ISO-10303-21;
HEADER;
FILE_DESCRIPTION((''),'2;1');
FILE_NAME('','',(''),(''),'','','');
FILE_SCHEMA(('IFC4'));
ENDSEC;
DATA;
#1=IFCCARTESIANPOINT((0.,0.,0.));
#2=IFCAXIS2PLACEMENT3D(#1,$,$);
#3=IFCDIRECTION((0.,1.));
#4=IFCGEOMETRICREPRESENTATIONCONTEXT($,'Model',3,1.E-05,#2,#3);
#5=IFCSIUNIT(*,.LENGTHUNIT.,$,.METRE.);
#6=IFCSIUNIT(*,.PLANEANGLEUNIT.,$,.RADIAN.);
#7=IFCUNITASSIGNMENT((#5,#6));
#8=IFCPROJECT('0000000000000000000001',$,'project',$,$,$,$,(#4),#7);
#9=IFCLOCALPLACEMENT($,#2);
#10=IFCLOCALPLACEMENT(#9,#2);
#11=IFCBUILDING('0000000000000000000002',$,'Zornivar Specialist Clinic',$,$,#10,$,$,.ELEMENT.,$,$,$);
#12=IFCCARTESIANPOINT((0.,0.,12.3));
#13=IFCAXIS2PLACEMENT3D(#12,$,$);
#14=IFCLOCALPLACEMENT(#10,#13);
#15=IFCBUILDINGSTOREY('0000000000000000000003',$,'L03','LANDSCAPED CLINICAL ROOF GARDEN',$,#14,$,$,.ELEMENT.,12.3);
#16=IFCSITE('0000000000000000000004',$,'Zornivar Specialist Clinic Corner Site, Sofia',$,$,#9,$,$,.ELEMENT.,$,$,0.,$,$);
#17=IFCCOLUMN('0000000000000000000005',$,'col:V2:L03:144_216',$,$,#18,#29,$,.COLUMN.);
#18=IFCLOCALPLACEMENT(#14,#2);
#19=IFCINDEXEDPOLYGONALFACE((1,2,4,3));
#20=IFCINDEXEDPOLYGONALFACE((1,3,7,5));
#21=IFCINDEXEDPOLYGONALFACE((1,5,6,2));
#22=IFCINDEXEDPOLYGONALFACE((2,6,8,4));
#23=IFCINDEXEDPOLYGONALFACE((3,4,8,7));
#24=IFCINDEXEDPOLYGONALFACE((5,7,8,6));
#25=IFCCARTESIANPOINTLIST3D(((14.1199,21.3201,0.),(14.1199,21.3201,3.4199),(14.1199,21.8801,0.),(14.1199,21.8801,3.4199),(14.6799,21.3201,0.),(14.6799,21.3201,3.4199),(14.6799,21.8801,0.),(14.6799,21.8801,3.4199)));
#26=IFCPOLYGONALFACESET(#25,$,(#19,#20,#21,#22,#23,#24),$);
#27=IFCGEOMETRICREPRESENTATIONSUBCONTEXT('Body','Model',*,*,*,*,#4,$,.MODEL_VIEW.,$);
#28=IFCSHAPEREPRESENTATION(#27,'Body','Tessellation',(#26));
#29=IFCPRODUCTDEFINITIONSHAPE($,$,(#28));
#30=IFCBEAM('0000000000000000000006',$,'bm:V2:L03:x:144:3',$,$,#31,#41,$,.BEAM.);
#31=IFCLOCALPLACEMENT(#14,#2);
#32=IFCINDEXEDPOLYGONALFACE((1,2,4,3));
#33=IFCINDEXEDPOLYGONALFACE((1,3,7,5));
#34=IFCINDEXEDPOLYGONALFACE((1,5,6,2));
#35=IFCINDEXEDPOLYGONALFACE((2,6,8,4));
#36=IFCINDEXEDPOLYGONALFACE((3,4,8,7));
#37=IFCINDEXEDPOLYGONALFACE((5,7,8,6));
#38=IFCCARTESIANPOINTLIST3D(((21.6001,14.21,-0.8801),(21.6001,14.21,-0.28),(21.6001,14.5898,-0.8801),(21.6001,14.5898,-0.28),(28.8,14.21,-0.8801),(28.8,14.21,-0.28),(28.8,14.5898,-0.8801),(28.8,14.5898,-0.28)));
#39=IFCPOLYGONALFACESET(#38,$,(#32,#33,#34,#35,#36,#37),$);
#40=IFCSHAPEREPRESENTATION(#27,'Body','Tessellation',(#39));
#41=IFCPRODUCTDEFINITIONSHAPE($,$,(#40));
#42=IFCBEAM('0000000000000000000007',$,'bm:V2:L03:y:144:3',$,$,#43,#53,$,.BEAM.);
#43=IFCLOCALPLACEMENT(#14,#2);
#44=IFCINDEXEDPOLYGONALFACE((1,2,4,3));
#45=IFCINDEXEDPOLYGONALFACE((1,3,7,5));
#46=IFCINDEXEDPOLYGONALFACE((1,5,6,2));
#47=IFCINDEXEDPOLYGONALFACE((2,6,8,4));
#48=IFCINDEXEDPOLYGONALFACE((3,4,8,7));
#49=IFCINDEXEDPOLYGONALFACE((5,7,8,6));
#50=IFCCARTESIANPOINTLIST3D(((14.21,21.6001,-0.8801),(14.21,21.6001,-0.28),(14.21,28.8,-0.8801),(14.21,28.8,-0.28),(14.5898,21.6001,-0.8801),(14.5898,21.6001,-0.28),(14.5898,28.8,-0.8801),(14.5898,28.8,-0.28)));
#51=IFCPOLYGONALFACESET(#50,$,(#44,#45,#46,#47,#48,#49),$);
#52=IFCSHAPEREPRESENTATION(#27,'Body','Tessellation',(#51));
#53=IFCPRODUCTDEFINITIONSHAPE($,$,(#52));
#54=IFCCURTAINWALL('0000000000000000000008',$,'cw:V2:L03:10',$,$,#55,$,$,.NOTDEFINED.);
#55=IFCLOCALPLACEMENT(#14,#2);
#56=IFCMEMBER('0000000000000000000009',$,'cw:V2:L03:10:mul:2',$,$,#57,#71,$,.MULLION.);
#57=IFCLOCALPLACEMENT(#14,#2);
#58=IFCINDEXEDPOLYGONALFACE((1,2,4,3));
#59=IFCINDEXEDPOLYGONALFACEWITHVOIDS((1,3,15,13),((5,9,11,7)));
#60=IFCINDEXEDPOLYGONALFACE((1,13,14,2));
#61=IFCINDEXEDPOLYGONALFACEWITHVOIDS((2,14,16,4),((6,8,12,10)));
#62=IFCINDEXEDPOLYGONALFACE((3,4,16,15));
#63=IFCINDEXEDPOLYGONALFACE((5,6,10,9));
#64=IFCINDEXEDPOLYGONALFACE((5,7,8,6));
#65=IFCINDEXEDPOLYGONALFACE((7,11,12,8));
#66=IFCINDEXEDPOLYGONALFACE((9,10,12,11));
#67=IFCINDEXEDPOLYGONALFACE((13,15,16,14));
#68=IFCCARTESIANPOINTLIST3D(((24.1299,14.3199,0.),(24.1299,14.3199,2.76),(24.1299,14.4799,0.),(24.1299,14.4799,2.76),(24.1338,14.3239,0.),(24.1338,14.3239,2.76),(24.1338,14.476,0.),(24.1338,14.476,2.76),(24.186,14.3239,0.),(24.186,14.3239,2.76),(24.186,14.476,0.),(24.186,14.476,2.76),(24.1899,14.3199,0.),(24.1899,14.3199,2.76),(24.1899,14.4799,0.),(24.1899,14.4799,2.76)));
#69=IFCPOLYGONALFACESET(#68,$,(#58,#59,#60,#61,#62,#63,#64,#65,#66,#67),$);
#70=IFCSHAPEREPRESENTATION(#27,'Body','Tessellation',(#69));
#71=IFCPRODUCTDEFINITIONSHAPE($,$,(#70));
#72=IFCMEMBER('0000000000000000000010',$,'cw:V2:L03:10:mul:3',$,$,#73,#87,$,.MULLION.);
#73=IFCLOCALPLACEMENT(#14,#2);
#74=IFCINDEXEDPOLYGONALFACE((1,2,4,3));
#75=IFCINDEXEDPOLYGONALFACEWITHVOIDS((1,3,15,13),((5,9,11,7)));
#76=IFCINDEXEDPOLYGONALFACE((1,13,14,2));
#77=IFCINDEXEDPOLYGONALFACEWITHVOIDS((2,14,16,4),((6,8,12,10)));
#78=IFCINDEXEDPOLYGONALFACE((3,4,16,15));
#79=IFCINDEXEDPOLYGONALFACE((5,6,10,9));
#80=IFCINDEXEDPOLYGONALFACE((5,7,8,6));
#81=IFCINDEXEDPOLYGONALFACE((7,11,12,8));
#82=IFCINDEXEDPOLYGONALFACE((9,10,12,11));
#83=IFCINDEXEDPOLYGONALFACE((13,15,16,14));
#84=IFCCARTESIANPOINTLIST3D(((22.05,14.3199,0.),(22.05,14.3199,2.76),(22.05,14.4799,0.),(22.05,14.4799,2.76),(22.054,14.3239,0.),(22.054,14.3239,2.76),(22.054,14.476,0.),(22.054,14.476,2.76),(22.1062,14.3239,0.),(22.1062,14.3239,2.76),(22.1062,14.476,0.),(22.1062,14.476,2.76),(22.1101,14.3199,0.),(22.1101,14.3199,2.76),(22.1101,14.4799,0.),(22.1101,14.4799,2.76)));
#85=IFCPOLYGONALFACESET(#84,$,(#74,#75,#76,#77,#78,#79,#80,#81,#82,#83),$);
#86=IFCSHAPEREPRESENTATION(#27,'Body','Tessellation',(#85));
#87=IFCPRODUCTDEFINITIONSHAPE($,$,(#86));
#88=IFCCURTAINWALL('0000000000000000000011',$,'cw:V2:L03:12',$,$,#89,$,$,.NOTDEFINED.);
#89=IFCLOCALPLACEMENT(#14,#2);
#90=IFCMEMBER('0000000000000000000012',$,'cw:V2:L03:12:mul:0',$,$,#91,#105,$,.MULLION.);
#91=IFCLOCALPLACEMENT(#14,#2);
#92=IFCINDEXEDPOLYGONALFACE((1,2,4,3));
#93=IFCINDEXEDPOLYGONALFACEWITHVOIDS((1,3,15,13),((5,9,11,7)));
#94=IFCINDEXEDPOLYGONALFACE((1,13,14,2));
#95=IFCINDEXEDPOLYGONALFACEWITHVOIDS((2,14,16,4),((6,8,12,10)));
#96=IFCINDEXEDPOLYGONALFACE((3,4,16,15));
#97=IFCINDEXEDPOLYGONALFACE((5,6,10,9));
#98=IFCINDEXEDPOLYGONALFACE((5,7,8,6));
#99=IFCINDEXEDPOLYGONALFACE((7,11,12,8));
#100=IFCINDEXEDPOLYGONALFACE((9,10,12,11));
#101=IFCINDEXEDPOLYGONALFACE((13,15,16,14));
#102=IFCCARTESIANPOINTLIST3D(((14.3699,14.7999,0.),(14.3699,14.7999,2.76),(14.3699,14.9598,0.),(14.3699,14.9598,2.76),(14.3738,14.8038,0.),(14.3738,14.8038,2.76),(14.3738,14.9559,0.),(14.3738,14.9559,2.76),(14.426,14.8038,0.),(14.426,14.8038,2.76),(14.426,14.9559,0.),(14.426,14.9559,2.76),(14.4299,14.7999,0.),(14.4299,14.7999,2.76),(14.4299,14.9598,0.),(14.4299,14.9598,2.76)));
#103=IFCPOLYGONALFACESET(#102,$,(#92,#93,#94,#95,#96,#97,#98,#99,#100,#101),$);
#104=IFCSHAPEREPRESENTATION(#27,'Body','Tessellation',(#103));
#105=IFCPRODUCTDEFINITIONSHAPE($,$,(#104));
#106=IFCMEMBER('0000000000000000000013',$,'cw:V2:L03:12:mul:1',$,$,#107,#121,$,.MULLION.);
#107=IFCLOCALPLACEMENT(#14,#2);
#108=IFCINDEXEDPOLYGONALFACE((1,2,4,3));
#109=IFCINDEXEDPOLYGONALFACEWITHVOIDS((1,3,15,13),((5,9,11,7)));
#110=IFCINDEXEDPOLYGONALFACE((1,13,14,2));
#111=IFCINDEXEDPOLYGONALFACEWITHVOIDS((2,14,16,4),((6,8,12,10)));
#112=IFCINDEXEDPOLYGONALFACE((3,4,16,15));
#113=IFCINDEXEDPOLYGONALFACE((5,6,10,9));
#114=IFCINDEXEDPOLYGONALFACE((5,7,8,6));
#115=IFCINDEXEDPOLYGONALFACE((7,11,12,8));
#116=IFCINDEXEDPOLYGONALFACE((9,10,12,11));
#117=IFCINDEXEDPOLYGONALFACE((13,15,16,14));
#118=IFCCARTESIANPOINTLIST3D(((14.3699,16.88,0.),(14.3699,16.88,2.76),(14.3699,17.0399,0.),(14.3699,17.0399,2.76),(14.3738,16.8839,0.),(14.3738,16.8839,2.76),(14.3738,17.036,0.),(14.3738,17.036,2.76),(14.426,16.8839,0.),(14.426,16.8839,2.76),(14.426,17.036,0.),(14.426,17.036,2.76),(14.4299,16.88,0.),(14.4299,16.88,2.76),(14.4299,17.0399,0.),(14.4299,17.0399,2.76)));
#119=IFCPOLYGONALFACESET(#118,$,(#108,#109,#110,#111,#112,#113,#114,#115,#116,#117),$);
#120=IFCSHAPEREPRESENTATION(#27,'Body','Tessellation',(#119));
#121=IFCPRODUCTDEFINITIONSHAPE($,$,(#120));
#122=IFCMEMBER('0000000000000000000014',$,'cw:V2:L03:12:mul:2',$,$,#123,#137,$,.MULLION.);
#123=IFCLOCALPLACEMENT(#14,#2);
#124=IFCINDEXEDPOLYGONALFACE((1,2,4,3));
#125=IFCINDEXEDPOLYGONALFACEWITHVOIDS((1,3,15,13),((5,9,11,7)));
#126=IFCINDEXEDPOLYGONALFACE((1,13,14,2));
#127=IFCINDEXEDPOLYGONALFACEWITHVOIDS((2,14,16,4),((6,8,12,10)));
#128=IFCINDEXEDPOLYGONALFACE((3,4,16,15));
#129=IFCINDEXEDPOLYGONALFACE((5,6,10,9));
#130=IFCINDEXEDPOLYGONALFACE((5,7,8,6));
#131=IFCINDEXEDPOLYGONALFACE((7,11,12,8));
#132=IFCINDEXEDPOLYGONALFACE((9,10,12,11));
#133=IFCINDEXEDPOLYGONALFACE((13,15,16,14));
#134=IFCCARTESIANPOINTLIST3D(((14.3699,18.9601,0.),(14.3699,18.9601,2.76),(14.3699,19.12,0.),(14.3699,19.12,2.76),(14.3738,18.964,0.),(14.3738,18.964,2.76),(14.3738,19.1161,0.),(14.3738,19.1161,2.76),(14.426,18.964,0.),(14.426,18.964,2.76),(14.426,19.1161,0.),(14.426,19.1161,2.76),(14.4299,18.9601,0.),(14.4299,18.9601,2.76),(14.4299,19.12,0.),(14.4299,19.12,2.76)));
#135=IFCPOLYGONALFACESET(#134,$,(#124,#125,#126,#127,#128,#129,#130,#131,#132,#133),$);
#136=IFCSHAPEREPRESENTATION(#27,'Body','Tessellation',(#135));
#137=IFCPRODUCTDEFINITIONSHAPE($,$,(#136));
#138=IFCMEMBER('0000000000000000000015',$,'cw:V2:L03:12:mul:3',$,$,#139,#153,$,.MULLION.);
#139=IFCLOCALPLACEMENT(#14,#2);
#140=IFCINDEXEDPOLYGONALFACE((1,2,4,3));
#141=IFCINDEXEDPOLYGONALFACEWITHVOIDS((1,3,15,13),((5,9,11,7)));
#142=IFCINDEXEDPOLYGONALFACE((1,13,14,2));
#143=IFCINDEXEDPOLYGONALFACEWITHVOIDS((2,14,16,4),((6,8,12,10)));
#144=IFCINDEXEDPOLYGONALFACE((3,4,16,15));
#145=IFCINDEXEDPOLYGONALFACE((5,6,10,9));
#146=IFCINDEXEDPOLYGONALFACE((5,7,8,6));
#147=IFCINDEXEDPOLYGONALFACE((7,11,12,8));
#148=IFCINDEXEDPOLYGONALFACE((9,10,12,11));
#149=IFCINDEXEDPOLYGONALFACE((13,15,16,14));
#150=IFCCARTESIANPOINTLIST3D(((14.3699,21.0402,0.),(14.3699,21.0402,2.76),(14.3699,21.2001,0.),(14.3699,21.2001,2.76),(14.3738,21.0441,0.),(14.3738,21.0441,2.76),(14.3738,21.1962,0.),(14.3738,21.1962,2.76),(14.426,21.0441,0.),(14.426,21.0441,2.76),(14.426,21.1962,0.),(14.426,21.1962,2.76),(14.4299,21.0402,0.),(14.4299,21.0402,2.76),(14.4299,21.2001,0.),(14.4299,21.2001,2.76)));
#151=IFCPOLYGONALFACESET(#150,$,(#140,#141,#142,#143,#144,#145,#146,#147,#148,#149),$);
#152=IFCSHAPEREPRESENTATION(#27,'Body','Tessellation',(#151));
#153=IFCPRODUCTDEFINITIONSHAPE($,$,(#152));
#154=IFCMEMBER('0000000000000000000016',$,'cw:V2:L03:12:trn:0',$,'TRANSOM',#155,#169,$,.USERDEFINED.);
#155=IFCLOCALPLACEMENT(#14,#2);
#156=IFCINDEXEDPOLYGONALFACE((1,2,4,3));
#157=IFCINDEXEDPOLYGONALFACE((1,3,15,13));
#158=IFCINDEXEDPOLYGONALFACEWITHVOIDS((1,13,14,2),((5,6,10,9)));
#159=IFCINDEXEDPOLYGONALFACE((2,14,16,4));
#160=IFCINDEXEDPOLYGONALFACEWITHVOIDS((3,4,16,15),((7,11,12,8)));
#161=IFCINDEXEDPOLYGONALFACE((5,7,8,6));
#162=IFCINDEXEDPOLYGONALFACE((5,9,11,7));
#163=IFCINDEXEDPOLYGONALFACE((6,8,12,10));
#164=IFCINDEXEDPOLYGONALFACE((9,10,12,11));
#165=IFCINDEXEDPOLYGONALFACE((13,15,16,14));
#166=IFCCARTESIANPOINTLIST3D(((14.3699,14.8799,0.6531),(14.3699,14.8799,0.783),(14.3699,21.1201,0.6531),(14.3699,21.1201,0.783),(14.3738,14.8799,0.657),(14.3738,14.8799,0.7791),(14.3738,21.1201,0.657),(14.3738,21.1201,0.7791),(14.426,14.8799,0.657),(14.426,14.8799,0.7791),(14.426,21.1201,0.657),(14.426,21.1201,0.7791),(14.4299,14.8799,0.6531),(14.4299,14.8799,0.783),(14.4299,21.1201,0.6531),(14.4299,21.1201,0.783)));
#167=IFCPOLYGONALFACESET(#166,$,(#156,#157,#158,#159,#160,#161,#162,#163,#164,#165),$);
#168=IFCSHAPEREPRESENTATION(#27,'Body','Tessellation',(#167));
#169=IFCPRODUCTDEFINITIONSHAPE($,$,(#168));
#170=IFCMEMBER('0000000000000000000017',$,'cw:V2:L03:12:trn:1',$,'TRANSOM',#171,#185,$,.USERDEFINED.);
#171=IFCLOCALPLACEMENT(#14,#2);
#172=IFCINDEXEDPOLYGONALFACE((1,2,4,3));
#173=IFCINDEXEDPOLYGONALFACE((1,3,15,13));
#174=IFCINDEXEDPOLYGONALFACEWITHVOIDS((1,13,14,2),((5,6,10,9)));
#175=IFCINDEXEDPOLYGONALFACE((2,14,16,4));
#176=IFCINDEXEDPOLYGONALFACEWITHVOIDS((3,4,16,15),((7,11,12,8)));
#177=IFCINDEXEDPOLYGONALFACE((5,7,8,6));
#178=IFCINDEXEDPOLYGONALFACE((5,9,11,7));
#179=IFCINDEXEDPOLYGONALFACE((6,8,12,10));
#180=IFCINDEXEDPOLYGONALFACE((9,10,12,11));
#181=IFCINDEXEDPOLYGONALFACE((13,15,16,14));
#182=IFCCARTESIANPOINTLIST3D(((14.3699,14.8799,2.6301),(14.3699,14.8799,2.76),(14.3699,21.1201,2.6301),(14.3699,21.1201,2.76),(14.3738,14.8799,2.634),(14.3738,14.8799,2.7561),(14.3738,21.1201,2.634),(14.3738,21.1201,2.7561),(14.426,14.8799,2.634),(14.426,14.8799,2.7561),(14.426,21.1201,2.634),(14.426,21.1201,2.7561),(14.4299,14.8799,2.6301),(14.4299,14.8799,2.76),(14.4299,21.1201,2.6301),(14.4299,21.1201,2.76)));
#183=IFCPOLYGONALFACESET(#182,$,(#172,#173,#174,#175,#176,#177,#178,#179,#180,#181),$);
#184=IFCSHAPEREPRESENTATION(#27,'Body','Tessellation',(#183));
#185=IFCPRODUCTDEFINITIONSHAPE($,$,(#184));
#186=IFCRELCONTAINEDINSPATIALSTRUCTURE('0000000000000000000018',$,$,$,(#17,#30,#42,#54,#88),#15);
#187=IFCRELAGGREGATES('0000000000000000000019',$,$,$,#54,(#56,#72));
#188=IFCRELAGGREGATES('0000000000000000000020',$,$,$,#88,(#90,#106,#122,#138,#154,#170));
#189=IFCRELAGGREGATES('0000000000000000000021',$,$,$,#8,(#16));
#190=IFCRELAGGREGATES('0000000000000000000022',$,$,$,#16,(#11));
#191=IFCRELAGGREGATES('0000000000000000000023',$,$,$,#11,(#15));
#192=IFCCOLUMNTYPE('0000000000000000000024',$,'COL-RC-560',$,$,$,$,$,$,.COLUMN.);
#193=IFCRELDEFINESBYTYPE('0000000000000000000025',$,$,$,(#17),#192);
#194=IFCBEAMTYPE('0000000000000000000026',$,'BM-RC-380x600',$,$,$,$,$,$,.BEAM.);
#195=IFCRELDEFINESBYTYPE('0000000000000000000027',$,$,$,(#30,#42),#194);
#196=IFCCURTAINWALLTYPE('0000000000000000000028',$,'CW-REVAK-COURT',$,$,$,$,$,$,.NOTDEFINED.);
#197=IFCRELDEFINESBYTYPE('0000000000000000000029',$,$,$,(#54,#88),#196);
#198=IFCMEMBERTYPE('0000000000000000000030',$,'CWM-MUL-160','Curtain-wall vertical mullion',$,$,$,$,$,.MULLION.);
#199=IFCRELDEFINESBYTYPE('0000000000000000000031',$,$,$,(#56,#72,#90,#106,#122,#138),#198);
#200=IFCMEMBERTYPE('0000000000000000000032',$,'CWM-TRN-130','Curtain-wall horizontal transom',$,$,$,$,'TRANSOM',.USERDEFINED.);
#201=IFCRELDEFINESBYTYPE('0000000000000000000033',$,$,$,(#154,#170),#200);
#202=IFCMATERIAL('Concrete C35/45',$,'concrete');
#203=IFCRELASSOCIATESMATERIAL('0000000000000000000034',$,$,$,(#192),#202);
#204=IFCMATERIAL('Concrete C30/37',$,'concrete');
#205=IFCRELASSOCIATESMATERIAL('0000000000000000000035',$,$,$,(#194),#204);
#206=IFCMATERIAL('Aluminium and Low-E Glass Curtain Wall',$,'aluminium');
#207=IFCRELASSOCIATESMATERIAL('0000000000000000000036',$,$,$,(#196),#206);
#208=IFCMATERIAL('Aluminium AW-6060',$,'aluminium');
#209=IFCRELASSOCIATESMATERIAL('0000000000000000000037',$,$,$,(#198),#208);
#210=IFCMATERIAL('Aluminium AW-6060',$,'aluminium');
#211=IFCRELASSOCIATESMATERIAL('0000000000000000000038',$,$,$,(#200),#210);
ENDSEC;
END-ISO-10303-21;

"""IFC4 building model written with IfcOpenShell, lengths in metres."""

from ifc_helpers import new_model, si_unit, direction, frame, origin, origin_2d, place, context, subcontext, project, spatial, rectangle, hollow_rectangle, extrude, material, material_profile, profile_set, type_object, element, aggregate, save


model = new_model("IFC4")

# Units and contexts
model_context = context("Model", 3, precision=1e-05, world=origin(), true_north=direction((0.0, 1.0)))
body_context = subcontext(model_context, "Body", "Model", "MODEL_VIEW")
ifc_project = project(units=[si_unit("LENGTHUNIT", "METRE"), si_unit("PLANEANGLEUNIT", "RADIAN")], contexts=[model_context])

# Site, building, storey
site_placement = place(None, origin())
site = spatial("IfcSite", under=ifc_project, at=site_placement, Name="Zornivar Specialist Clinic Corner Site, Sofia", CompositionType="ELEMENT", RefElevation=0.0)
building_placement = place(site_placement, origin())
building = spatial("IfcBuilding", under=site, at=building_placement, Name="Zornivar Specialist Clinic", CompositionType="ELEMENT")
storey_placement = place(building_placement, frame((0.0, 0.0, 12.3)))
storey = spatial("IfcBuildingStorey", under=building, at=storey_placement, Name="L03", Description="LANDSCAPED CLINICAL ROOF GARDEN", CompositionType="ELEMENT", Elevation=12.3)

# Column
ifc_material_1 = material(Name="Concrete C35/45", Category="concrete")
ifc_material_profile_1 = material_profile(ifc_material_1, rectangle(XDim=0.5601, YDim=0.5601, at=origin_2d()), Name="RC 560x560")
ifc_profile_set_1 = profile_set([ifc_material_profile_1], Name="Concrete C35/45")
column_type = type_object("IfcColumnType", Name="COL-RC-560", PredefinedType="COLUMN", material=ifc_profile_set_1)
column_placement = place(storey_placement, frame((14.3999, 21.6001, 0.0), z_axis=(0.0, 0.0, 1.0), x_axis=(1.0, 0.0, 0.0)))
element("IfcColumn", 1, at=column_placement, inside=storey, type_object=column_type, Name="col:V2:L03:144_216", PredefinedType="COLUMN", context=body_context, shape_type="SweptSolid", body=[
    extrude(rectangle(XDim=0.5601, YDim=0.5601, at=origin_2d()), origin(), (0.0, 0.0, 1.0), 3.4199),
])

# Beams
ifc_material_2 = material(Name="Concrete C30/37", Category="concrete")
ifc_material_profile_2 = material_profile(ifc_material_2, rectangle(XDim=0.3799, YDim=0.6001, at=origin_2d()), Name="RC 380x600")
ifc_profile_set_2 = profile_set([ifc_material_profile_2], Name="Concrete C30/37")
beam_type = type_object("IfcBeamType", Name="BM-RC-380x600", PredefinedType="BEAM", material=ifc_profile_set_2)
for number, where, z_axis, x_axis, name in (
    (2, (21.6001, 14.3999, -0.5801), (1.0, 0.0, 0.0), (0.0, 1.0, 0.0), "bm:V2:L03:x:144:3"),
    (3, (14.3999, 21.6001, -0.5801), (0.0, 1.0, 0.0), (-1.0, 0.0, 0.0), "bm:V2:L03:y:144:3"),
):
    element("IfcBeam", number, at=place(storey_placement, frame(where, z_axis=z_axis, x_axis=x_axis)), inside=storey, type_object=beam_type, Name=name, PredefinedType="BEAM", context=body_context, shape_type="SweptSolid", body=[
        extrude(rectangle(XDim=0.3799, YDim=0.6001, at=origin_2d()), origin(), (0.0, 0.0, 1.0), 7.2),
    ])

# Curtain walls, members
ifc_material_3 = material(Name="Aluminium and Low-E Glass Curtain Wall", Category="aluminium")
curtain_wall_type = type_object("IfcCurtainWallType", Name="CW-REVAK-COURT", PredefinedType="NOTDEFINED", material=ifc_material_3)
curtain_wall_1_placement = place(storey_placement, origin())
curtain_wall_1 = element("IfcCurtainWall", 4, at=curtain_wall_1_placement, inside=storey, type_object=curtain_wall_type, Name="cw:V2:L03:10", PredefinedType="NOTDEFINED")
ifc_material_4 = material(Name="Aluminium AW-6060", Category="aluminium")
ifc_material_profile_3 = material_profile(ifc_material_4, hollow_rectangle(XDim=0.0601, YDim=0.1599, WallThickness=0.0039, at=origin_2d()), Name="ALU 60x160x4")
ifc_profile_set_3 = profile_set([ifc_material_profile_3], Name="Aluminium AW-6060")
member_type_1 = type_object("IfcMemberType", Name="CWM-MUL-160", Description="Curtain-wall vertical mullion", PredefinedType="MULLION", material=ifc_profile_set_3)
member_1_placement = place(storey_placement, frame((24.1599, 14.3999, 0.0), z_axis=(0.0, 0.0, 1.0), x_axis=(1.0, 0.0, 0.0)))
member_1 = element("IfcMember", 5, at=member_1_placement, type_object=member_type_1, Name="cw:V2:L03:10:mul:2", PredefinedType="MULLION", context=body_context, shape_type="SweptSolid", body=[
    extrude(hollow_rectangle(XDim=0.0601, YDim=0.1599, WallThickness=0.0039, at=origin_2d()), origin(), (0.0, 0.0, 1.0), 2.76),
])
member_2_placement = place(storey_placement, frame((22.0801, 14.3999, 0.0), z_axis=(0.0, 0.0, 1.0), x_axis=(1.0, 0.0, 0.0)))
member_2 = element("IfcMember", 6, at=member_2_placement, type_object=member_type_1, Name="cw:V2:L03:10:mul:3", PredefinedType="MULLION", context=body_context, shape_type="SweptSolid", body=[
    extrude(hollow_rectangle(XDim=0.0601, YDim=0.1599, WallThickness=0.0039, at=origin_2d()), origin(), (0.0, 0.0, 1.0), 2.76),
])
curtain_wall_2_placement = place(storey_placement, origin())
curtain_wall_2 = element("IfcCurtainWall", 7, at=curtain_wall_2_placement, inside=storey, type_object=curtain_wall_type, Name="cw:V2:L03:12", PredefinedType="NOTDEFINED")
member_3_placement = place(storey_placement, frame((14.3999, 14.8799, 0.0), z_axis=(0.0, 0.0, 1.0), x_axis=(1.0, 0.0, 0.0)))
member_3 = element("IfcMember", 8, at=member_3_placement, type_object=member_type_1, Name="cw:V2:L03:12:mul:0", PredefinedType="MULLION", context=body_context, shape_type="SweptSolid", body=[
    extrude(hollow_rectangle(XDim=0.0601, YDim=0.1599, WallThickness=0.0039, at=origin_2d()), origin(), (0.0, 0.0, 1.0), 2.76),
])
member_4_placement = place(storey_placement, frame((14.3999, 16.96, 0.0), z_axis=(0.0, 0.0, 1.0), x_axis=(1.0, 0.0, 0.0)))
member_4 = element("IfcMember", 9, at=member_4_placement, type_object=member_type_1, Name="cw:V2:L03:12:mul:1", PredefinedType="MULLION", context=body_context, shape_type="SweptSolid", body=[
    extrude(hollow_rectangle(XDim=0.0601, YDim=0.1599, WallThickness=0.0039, at=origin_2d()), origin(), (0.0, 0.0, 1.0), 2.76),
])
member_5_placement = place(storey_placement, frame((14.3999, 19.04, 0.0), z_axis=(0.0, 0.0, 1.0), x_axis=(1.0, 0.0, 0.0)))
member_5 = element("IfcMember", 10, at=member_5_placement, type_object=member_type_1, Name="cw:V2:L03:12:mul:2", PredefinedType="MULLION", context=body_context, shape_type="SweptSolid", body=[
    extrude(hollow_rectangle(XDim=0.0601, YDim=0.1599, WallThickness=0.0039, at=origin_2d()), origin(), (0.0, 0.0, 1.0), 2.76),
])
member_6_placement = place(storey_placement, frame((14.3999, 21.1201, 0.0), z_axis=(0.0, 0.0, 1.0), x_axis=(1.0, 0.0, 0.0)))
member_6 = element("IfcMember", 11, at=member_6_placement, type_object=member_type_1, Name="cw:V2:L03:12:mul:3", PredefinedType="MULLION", context=body_context, shape_type="SweptSolid", body=[
    extrude(hollow_rectangle(XDim=0.0601, YDim=0.1599, WallThickness=0.0039, at=origin_2d()), origin(), (0.0, 0.0, 1.0), 2.76),
])
ifc_material_5 = material(Name="Aluminium AW-6060", Category="aluminium")
ifc_material_profile_4 = material_profile(ifc_material_5, hollow_rectangle(XDim=0.0601, YDim=0.1299, WallThickness=0.0039, at=origin_2d()), Name="ALU 60x130x4")
ifc_profile_set_4 = profile_set([ifc_material_profile_4], Name="Aluminium AW-6060")
member_type_2 = type_object("IfcMemberType", Name="CWM-TRN-130", Description="Curtain-wall horizontal transom", ElementType="TRANSOM", PredefinedType="USERDEFINED", material=ifc_profile_set_4)
member_7_placement = place(storey_placement, frame((14.3999, 14.8799, 0.718), z_axis=(0.0, 1.0, 0.0), x_axis=(-1.0, 0.0, 0.0)))
member_7 = element("IfcMember", 12, at=member_7_placement, type_object=member_type_2, Name="cw:V2:L03:12:trn:0", ObjectType="TRANSOM", PredefinedType="USERDEFINED", context=body_context, shape_type="SweptSolid", body=[
    extrude(hollow_rectangle(XDim=0.0601, YDim=0.1299, WallThickness=0.0039, at=origin_2d()), origin(), (0.0, 0.0, 1.0), 6.2402),
])
member_8_placement = place(storey_placement, frame((14.3999, 14.8799, 2.6951), z_axis=(0.0, 1.0, 0.0), x_axis=(-1.0, 0.0, 0.0)))
member_8 = element("IfcMember", 13, at=member_8_placement, type_object=member_type_2, Name="cw:V2:L03:12:trn:1", ObjectType="TRANSOM", PredefinedType="USERDEFINED", context=body_context, shape_type="SweptSolid", body=[
    extrude(hollow_rectangle(XDim=0.0601, YDim=0.1299, WallThickness=0.0039, at=origin_2d()), origin(), (0.0, 0.0, 1.0), 6.2402),
])

aggregate(curtain_wall_1, [member_1, member_2])
aggregate(curtain_wall_2, [member_3, member_4, member_5, member_6, member_7, member_8])

save(model, "model.ifc")
